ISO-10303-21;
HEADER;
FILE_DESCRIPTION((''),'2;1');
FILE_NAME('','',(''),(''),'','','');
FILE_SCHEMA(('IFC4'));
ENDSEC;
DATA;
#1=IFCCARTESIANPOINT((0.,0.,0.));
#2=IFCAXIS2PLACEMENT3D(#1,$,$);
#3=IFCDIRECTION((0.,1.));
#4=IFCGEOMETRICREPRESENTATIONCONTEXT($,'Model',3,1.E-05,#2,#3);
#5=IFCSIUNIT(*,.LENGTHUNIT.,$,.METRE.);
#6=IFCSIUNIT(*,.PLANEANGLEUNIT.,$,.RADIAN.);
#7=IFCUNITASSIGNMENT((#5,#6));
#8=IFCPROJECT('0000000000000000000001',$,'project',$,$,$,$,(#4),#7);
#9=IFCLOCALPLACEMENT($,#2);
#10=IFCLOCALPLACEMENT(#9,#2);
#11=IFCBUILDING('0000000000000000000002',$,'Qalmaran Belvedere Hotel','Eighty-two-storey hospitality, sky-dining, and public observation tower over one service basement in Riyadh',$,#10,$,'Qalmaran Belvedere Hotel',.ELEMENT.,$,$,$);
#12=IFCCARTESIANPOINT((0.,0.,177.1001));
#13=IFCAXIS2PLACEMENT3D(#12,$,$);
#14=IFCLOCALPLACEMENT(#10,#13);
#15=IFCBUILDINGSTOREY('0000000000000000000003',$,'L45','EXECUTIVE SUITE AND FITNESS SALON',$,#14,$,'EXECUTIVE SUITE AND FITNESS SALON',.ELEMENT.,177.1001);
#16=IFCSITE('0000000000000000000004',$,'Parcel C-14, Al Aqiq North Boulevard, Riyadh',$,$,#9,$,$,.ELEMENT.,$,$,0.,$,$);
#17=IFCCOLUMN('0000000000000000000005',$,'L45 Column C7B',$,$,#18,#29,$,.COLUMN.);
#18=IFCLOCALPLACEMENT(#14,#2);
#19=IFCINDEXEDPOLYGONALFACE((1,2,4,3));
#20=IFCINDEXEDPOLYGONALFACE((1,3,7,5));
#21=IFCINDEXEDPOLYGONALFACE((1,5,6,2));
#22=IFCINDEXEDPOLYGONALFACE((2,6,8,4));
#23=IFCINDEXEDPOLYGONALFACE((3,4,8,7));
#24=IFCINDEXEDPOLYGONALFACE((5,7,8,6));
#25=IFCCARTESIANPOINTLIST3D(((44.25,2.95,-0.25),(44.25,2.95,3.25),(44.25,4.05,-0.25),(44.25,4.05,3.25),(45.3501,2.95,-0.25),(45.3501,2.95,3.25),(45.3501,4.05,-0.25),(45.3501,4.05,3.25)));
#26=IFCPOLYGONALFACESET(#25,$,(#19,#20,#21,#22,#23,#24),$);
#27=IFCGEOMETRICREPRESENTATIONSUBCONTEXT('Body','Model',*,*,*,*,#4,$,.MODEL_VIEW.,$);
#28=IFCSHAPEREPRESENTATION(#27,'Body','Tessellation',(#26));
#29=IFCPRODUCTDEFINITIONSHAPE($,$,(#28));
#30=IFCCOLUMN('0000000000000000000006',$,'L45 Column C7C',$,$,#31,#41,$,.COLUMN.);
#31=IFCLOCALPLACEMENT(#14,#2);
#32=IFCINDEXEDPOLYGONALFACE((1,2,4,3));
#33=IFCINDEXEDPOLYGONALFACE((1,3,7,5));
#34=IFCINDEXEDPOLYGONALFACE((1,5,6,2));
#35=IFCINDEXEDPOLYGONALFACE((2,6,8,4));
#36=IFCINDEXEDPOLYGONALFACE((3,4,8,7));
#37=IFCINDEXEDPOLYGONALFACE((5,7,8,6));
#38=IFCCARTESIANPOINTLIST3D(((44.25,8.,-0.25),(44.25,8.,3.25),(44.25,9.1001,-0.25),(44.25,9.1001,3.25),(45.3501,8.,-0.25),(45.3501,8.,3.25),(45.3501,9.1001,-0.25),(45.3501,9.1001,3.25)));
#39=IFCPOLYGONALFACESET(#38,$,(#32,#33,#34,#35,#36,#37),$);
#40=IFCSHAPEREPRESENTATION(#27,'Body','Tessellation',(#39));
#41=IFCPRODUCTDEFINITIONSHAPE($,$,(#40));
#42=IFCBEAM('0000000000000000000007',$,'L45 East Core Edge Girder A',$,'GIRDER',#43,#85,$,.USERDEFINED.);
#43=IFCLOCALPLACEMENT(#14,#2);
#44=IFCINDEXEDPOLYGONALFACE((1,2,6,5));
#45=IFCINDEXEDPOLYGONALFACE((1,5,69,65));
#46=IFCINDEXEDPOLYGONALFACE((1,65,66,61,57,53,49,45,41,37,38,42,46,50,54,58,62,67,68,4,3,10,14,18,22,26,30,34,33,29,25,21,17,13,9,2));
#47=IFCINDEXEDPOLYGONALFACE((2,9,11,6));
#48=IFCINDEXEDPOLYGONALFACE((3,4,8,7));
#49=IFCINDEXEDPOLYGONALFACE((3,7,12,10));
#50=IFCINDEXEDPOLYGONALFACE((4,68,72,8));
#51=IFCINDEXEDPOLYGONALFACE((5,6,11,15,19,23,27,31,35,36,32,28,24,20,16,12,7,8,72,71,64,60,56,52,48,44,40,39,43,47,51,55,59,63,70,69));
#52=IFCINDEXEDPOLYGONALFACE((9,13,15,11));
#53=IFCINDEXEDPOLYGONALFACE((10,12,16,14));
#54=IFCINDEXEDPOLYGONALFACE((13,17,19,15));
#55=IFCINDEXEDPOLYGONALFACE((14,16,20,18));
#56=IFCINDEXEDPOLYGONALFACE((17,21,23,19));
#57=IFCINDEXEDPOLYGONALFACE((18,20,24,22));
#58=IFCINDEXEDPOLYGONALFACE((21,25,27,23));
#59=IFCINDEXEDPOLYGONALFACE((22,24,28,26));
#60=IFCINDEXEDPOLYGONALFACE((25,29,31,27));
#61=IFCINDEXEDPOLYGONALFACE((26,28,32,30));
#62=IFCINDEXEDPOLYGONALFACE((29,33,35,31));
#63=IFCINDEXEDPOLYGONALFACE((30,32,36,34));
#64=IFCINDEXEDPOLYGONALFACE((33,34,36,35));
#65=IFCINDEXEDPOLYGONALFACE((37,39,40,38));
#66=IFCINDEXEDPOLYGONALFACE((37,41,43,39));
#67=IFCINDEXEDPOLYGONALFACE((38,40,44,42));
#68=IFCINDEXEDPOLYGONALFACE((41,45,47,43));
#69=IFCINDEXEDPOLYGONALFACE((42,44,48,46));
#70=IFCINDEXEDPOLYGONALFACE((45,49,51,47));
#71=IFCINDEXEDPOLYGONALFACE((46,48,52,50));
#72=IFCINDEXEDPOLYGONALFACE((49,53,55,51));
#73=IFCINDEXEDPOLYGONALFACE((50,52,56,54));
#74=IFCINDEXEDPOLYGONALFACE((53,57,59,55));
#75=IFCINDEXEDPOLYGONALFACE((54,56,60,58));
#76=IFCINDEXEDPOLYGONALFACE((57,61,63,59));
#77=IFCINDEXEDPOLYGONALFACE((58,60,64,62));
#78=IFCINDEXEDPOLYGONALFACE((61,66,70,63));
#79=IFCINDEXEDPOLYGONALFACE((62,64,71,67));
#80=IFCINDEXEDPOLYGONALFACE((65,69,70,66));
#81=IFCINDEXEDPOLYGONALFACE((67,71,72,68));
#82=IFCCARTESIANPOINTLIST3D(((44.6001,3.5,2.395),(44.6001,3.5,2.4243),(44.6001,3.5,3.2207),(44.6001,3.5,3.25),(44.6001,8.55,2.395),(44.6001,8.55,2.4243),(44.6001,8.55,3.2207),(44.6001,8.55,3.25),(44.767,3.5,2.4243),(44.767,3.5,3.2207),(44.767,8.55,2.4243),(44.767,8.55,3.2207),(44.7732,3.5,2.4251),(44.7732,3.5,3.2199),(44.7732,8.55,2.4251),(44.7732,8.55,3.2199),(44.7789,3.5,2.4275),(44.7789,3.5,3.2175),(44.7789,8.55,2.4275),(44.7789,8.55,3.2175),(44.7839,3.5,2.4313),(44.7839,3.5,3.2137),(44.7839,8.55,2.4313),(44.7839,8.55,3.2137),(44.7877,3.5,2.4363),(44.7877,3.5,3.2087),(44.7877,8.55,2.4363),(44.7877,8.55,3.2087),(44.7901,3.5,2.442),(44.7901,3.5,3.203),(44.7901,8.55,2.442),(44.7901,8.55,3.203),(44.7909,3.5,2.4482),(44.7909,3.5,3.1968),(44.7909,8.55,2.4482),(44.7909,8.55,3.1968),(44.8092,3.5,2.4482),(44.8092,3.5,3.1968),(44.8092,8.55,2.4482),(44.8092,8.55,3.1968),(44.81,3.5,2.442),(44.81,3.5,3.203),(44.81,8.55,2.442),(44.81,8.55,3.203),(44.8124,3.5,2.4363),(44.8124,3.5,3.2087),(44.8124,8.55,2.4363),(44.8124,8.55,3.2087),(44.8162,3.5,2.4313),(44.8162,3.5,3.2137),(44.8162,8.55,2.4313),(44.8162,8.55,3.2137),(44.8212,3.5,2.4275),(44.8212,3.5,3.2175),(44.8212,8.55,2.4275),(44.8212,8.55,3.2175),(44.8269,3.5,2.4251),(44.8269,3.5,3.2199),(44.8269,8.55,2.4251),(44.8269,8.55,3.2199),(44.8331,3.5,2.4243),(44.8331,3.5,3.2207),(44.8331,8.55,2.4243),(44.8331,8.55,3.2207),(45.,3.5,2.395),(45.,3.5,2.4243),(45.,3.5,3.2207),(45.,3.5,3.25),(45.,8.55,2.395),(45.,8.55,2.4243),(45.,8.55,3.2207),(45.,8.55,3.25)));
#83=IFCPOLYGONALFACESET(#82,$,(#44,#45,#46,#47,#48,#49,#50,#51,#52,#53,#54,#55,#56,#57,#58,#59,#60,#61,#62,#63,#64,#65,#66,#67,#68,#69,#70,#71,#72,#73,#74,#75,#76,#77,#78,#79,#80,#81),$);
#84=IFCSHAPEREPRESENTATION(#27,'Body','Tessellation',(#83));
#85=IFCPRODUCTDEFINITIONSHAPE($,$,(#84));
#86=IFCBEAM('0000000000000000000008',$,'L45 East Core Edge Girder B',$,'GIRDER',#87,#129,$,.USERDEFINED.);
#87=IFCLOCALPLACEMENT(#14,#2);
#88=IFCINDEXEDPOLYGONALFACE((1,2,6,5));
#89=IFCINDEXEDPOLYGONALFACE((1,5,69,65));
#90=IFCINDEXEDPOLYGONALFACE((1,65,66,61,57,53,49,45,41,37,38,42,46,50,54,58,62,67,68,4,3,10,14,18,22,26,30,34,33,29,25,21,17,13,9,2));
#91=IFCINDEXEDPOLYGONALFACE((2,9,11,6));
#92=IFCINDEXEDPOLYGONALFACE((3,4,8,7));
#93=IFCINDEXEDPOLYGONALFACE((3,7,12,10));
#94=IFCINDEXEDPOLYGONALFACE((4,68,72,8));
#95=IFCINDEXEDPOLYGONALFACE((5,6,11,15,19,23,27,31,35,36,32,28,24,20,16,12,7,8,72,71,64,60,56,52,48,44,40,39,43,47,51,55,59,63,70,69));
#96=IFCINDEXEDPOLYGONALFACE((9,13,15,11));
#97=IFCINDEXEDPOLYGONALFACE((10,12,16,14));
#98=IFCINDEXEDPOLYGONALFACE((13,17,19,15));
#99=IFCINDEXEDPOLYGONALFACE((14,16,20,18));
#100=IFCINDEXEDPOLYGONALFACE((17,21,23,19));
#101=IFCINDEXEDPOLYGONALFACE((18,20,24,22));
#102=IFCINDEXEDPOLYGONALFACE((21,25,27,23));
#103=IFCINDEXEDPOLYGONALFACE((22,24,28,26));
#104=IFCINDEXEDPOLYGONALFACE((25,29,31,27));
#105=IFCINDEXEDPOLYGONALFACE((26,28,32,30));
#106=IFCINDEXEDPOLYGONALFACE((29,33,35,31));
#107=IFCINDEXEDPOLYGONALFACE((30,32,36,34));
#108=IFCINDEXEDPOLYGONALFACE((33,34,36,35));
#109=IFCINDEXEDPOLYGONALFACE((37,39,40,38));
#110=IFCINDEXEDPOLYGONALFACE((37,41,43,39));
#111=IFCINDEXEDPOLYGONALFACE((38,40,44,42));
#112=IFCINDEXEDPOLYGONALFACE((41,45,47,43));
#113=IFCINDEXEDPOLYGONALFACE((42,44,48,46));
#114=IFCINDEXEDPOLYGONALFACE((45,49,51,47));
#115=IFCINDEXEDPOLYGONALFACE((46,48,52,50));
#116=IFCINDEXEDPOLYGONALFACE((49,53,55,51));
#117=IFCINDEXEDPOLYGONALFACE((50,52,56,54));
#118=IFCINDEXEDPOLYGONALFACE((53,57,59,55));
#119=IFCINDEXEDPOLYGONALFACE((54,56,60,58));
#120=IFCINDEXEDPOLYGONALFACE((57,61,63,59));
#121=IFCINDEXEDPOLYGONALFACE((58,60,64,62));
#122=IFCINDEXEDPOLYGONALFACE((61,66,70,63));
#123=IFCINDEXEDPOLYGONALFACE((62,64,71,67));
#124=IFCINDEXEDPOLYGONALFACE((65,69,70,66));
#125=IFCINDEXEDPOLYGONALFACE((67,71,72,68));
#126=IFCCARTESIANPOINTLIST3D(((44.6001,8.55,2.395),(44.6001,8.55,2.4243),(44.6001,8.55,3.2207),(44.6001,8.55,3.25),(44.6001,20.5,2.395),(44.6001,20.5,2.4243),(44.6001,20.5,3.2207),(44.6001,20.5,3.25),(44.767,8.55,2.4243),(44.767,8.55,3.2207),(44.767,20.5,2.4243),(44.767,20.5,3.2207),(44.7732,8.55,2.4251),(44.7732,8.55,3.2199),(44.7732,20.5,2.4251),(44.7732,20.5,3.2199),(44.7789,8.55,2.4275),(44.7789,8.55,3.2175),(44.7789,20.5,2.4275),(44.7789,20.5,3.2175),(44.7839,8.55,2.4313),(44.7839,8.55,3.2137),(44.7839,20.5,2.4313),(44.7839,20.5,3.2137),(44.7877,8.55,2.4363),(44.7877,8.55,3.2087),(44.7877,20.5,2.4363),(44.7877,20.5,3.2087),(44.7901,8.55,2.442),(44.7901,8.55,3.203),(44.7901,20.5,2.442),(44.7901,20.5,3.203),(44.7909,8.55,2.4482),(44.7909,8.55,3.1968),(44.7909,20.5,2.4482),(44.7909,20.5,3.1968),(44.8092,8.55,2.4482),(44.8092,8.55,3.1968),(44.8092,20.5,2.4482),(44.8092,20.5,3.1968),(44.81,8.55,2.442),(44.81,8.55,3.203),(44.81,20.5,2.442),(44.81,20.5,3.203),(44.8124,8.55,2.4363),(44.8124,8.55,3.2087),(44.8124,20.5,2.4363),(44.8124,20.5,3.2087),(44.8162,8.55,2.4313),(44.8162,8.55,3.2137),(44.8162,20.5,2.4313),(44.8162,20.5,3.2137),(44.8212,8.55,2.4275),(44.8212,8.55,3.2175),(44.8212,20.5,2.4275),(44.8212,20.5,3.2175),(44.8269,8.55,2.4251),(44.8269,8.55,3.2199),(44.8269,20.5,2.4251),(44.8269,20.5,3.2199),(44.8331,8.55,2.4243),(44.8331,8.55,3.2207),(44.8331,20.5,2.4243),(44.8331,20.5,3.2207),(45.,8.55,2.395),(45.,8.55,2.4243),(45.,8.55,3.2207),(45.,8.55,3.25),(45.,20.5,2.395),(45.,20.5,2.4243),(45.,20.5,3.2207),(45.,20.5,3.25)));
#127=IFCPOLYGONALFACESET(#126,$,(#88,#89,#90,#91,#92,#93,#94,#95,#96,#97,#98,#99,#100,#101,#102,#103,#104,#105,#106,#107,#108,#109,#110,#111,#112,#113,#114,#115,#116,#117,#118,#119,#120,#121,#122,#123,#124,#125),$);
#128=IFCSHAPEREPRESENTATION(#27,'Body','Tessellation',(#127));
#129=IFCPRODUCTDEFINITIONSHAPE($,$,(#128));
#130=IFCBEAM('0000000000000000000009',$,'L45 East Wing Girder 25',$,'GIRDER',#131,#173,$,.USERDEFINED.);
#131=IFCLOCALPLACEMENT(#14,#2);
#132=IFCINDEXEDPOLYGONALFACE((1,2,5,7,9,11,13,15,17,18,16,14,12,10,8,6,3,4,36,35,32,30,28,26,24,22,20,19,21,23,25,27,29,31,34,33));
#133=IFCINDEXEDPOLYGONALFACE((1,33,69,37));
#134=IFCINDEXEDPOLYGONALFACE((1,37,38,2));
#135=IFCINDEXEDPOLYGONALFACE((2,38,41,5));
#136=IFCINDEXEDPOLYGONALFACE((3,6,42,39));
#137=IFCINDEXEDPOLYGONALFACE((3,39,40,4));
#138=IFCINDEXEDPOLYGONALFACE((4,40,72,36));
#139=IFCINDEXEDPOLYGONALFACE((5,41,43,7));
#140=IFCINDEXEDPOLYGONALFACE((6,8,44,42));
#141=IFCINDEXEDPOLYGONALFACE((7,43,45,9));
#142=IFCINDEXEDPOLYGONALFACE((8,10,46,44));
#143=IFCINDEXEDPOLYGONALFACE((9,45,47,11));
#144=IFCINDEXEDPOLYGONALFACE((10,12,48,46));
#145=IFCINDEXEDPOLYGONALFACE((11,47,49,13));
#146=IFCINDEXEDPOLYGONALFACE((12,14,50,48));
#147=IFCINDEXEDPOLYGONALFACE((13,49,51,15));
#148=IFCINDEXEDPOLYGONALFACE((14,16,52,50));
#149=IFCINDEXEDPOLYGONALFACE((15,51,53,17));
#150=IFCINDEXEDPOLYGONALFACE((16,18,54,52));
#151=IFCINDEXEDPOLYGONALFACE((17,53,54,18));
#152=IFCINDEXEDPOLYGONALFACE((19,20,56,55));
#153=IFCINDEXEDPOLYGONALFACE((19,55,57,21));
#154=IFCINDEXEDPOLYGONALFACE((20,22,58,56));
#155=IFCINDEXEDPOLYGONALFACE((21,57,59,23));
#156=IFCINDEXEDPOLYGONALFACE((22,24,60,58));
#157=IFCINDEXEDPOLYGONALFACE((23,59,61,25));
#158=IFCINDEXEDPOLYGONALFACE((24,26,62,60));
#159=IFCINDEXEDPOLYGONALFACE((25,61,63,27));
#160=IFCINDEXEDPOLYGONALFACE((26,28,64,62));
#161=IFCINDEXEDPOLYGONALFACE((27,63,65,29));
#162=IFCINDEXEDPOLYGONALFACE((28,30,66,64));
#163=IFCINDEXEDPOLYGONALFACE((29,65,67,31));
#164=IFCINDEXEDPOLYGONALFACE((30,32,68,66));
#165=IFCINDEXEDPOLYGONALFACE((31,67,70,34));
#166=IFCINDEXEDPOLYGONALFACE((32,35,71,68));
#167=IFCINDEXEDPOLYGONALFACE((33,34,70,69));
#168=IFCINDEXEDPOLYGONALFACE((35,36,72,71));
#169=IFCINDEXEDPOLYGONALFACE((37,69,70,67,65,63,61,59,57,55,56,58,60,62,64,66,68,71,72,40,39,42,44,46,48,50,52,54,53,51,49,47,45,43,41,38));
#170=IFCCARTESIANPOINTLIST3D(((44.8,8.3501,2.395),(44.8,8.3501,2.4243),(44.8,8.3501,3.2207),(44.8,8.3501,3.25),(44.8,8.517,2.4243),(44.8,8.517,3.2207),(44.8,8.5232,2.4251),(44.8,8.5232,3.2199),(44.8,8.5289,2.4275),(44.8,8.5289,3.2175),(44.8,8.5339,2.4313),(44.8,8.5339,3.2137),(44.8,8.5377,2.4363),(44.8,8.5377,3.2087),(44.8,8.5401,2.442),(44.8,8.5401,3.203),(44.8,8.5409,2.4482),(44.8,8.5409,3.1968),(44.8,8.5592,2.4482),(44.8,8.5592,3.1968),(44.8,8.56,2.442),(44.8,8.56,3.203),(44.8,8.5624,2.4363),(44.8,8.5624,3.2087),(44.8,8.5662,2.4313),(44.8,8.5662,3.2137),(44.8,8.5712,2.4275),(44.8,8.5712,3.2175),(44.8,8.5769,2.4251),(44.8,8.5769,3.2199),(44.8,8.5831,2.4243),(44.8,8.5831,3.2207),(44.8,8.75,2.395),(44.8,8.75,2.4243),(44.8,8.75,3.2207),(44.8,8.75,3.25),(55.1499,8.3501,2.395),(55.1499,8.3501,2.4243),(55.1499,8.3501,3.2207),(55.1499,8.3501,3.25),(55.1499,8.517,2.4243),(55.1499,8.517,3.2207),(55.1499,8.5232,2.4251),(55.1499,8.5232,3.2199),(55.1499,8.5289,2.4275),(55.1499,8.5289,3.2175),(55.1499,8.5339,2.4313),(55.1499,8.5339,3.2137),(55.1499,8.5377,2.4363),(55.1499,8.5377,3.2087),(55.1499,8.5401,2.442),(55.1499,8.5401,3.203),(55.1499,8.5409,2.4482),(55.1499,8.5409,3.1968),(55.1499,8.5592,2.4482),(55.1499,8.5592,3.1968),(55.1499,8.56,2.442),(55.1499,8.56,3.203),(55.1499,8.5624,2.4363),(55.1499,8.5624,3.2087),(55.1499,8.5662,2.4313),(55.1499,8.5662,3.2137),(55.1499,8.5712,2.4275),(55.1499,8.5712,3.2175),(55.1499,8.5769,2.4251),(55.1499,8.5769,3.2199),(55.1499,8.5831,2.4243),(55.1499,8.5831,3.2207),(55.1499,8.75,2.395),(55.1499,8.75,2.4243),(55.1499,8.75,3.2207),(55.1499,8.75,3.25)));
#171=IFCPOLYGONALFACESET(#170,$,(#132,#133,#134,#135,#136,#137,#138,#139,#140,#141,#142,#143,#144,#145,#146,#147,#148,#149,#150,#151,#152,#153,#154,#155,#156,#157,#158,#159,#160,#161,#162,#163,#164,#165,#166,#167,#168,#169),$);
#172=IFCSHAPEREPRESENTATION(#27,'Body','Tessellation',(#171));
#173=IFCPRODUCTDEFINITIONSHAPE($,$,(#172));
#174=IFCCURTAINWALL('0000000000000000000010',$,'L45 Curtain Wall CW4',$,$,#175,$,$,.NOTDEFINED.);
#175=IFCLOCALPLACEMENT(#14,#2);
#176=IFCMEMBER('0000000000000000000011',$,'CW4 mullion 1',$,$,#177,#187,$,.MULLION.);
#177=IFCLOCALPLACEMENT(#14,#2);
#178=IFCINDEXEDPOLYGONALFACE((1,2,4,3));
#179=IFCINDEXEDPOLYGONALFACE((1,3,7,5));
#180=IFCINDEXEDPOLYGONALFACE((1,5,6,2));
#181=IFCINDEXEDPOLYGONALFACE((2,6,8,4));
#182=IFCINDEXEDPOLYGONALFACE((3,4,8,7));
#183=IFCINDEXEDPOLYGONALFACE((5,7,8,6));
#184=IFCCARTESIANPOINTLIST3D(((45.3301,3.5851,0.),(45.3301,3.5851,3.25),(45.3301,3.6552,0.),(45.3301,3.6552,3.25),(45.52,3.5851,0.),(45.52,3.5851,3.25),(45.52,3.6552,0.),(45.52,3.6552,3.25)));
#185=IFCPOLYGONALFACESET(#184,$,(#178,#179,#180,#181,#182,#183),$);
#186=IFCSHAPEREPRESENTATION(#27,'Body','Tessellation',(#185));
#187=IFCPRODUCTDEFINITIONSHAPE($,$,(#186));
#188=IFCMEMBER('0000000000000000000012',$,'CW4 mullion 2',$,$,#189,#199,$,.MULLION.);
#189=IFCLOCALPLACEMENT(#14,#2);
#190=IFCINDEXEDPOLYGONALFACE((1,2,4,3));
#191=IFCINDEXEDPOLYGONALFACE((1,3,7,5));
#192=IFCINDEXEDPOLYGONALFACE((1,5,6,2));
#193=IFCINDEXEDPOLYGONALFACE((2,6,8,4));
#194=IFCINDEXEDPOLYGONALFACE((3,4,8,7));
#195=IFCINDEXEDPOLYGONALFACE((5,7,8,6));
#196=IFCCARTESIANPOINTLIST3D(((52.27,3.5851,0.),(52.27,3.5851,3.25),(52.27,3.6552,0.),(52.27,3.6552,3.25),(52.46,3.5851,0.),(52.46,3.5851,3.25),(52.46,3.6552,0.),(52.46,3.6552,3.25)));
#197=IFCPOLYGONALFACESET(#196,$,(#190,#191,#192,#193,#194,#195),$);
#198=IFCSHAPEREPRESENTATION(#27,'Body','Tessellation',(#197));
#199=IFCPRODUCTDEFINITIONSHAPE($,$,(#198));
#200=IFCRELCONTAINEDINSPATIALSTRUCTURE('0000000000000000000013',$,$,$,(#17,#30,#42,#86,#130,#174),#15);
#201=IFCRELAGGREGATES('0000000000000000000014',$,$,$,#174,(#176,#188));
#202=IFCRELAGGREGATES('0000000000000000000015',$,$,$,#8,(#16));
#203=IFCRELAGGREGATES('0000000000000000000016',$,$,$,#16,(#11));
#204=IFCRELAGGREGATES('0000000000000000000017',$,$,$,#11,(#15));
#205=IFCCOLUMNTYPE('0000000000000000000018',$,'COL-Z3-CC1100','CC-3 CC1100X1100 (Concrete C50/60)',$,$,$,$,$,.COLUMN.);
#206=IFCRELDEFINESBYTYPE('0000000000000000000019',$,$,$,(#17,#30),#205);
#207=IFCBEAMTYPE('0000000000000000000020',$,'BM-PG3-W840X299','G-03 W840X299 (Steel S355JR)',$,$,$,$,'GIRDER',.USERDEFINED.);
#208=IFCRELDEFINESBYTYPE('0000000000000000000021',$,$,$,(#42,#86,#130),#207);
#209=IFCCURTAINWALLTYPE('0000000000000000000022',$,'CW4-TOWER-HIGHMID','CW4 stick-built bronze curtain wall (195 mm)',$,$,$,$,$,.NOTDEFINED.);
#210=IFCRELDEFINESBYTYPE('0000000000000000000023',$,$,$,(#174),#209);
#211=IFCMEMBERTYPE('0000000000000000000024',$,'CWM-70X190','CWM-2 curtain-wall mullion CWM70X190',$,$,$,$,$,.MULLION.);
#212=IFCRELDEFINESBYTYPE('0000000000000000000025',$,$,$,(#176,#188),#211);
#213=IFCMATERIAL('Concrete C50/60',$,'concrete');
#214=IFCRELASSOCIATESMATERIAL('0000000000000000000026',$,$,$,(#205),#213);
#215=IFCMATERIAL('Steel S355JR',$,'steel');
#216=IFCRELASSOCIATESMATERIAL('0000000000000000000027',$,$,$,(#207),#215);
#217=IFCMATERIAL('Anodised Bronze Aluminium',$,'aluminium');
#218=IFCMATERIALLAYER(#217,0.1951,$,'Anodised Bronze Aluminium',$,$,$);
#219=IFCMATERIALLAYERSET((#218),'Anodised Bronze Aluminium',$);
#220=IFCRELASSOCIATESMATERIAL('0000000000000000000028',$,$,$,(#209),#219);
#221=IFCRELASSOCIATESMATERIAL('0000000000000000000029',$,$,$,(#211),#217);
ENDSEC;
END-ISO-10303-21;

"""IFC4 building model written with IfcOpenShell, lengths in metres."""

from ifc_helpers import new_model, si_unit, direction, frame, origin, origin_2d, place, context, subcontext, project, spatial, rectangle, i_section, extrude, material, layer, layer_set, material_profile, profile_set, type_object, element, aggregate, save


model = new_model("IFC4")

# Units and contexts
model_context = context("Model", 3, precision=1e-05, world=origin(), true_north=direction((0.0, 1.0)))
body_context = subcontext(model_context, "Body", "Model", "MODEL_VIEW")
ifc_project = project(units=[si_unit("LENGTHUNIT", "METRE"), si_unit("PLANEANGLEUNIT", "RADIAN")], contexts=[model_context])

# Site, building, storey
site_placement = place(None, origin())
site = spatial("IfcSite", under=ifc_project, at=site_placement, Name="Parcel C-14, Al Aqiq North Boulevard, Riyadh", CompositionType="ELEMENT", RefElevation=0.0)
building_placement = place(site_placement, origin())
building = spatial("IfcBuilding", under=site, at=building_placement, Name="Qalmaran Belvedere Hotel", Description="Eighty-two-storey hospitality, sky-dining, and public observation tower over one service basement in Riyadh", LongName="Qalmaran Belvedere Hotel", CompositionType="ELEMENT")
storey_placement = place(building_placement, frame((0.0, 0.0, 177.1001)))
storey = spatial("IfcBuildingStorey", under=building, at=storey_placement, Name="L45", Description="EXECUTIVE SUITE AND FITNESS SALON", LongName="EXECUTIVE SUITE AND FITNESS SALON", CompositionType="ELEMENT", Elevation=177.1001)

# Columns
ifc_material_1 = material(Name="Concrete C50/60", Category="concrete")
ifc_material_profile_1 = material_profile(ifc_material_1, rectangle(XDim=1.1001, YDim=1.1001, at=origin_2d()), Name="CC1100X1100")
ifc_profile_set_1 = profile_set([ifc_material_profile_1], Name="Concrete C50/60")
column_type = type_object("IfcColumnType", Name="COL-Z3-CC1100", Description="CC-3 CC1100X1100 (Concrete C50/60)", PredefinedType="COLUMN", material=ifc_profile_set_1)
for number, where, z_axis, x_axis, name in (
    (1, (44.8, 3.5, -0.25), (0.0, 0.0, 1.0), (1.0, 0.0, 0.0), "L45 Column C7B"),
    (2, (44.8, 8.55, -0.25), (0.0, 0.0, 1.0), (1.0, 0.0, 0.0), "L45 Column C7C"),
):
    element("IfcColumn", number, at=place(storey_placement, frame(where, z_axis=z_axis, x_axis=x_axis)), inside=storey, type_object=column_type, Name=name, PredefinedType="COLUMN", context=body_context, shape_type="SweptSolid", body=[
        extrude(rectangle(XDim=1.1001, YDim=1.1001, at=origin_2d()), origin(), (0.0, 0.0, 1.0), 3.5),
    ])

# Beams
ifc_material_2 = material(Name="Steel S355JR", Category="steel")
ifc_material_profile_2 = material_profile(ifc_material_2, i_section(OverallWidth=0.3999, OverallDepth=0.855, WebThickness=0.0183, FlangeThickness=0.0293, FilletRadius=0.0239, at=origin_2d()), Name="W840X299")
ifc_profile_set_2 = profile_set([ifc_material_profile_2], Name="Steel S355JR")
beam_type = type_object("IfcBeamType", Name="BM-PG3-W840X299", Description="G-03 W840X299 (Steel S355JR)", ElementType="GIRDER", PredefinedType="USERDEFINED", material=ifc_profile_set_2)
beam_1_placement = place(storey_placement, frame((44.8, 3.5, 2.8225), z_axis=(0.0, 1.0, 0.0), x_axis=(-1.0, 0.0, 0.0)))
element("IfcBeam", 3, at=beam_1_placement, inside=storey, type_object=beam_type, Name="L45 East Core Edge Girder A", ObjectType="GIRDER", PredefinedType="USERDEFINED", context=body_context, shape_type="SweptSolid", body=[
    extrude(i_section(OverallWidth=0.3999, OverallDepth=0.855, WebThickness=0.0183, FlangeThickness=0.0293, FilletRadius=0.0239, at=origin_2d()), origin(), (0.0, 0.0, 1.0), 5.05),
])
beam_2_placement = place(storey_placement, frame((44.8, 8.55, 2.8225), z_axis=(0.0, 1.0, 0.0), x_axis=(-1.0, 0.0, 0.0)))
element("IfcBeam", 4, at=beam_2_placement, inside=storey, type_object=beam_type, Name="L45 East Core Edge Girder B", ObjectType="GIRDER", PredefinedType="USERDEFINED", context=body_context, shape_type="SweptSolid", body=[
    extrude(i_section(OverallWidth=0.3999, OverallDepth=0.855, WebThickness=0.0183, FlangeThickness=0.0293, FilletRadius=0.0239, at=origin_2d()), origin(), (0.0, 0.0, 1.0), 11.95),
])
beam_3_placement = place(storey_placement, frame((44.8, 8.55, 2.8225), z_axis=(1.0, 0.0, 0.0), x_axis=(0.0, 1.0, 0.0)))
element("IfcBeam", 5, at=beam_3_placement, inside=storey, type_object=beam_type, Name="L45 East Wing Girder 25", ObjectType="GIRDER", PredefinedType="USERDEFINED", context=body_context, shape_type="SweptSolid", body=[
    extrude(i_section(OverallWidth=0.3999, OverallDepth=0.855, WebThickness=0.0183, FlangeThickness=0.0293, FilletRadius=0.0239, at=origin_2d()), origin(), (0.0, 0.0, 1.0), 10.3499),
])

# Curtain wall, members
ifc_material_3 = material(Name="Anodised Bronze Aluminium", Category="aluminium")
ifc_layer_1 = layer(ifc_material_3, 0.1951, Name="Anodised Bronze Aluminium")
ifc_layer_set_1 = layer_set([ifc_layer_1], Name="Anodised Bronze Aluminium")
curtain_wall_type = type_object("IfcCurtainWallType", Name="CW4-TOWER-HIGHMID", Description="CW4 stick-built bronze curtain wall (195 mm)", PredefinedType="NOTDEFINED", material=ifc_layer_set_1)
curtain_wall_1_placement = place(storey_placement, origin())
curtain_wall_1 = element("IfcCurtainWall", 6, at=curtain_wall_1_placement, inside=storey, type_object=curtain_wall_type, Name="L45 Curtain Wall CW4", PredefinedType="NOTDEFINED")
ifc_material_profile_3 = material_profile(ifc_material_3, rectangle(XDim=0.0701, YDim=0.1899, at=origin_2d()), Name="CWM70X190")
ifc_profile_set_3 = profile_set([ifc_material_profile_3], Name="Anodised Bronze Aluminium")
member_type_1 = type_object("IfcMemberType", Name="CWM-70X190", Description="CWM-2 curtain-wall mullion CWM70X190", PredefinedType="MULLION", material=ifc_profile_set_3)
member_1_placement = place(storey_placement, frame((45.425, 3.6201, 0.0), z_axis=(0.0, 0.0, 1.0), x_axis=(0.0, 1.0, 0.0)))
member_1 = element("IfcMember", 7, at=member_1_placement, type_object=member_type_1, Name="CW4 mullion 1", PredefinedType="MULLION", context=body_context, shape_type="SweptSolid", body=[
    extrude(rectangle(XDim=0.0701, YDim=0.1899, at=origin_2d()), origin(), (0.0, 0.0, 1.0), 3.25),
])
member_2_placement = place(storey_placement, frame((52.365, 3.6201, 0.0), z_axis=(0.0, 0.0, 1.0), x_axis=(0.0, 1.0, 0.0)))
member_2 = element("IfcMember", 8, at=member_2_placement, type_object=member_type_1, Name="CW4 mullion 2", PredefinedType="MULLION", context=body_context, shape_type="SweptSolid", body=[
    extrude(rectangle(XDim=0.0701, YDim=0.1899, at=origin_2d()), origin(), (0.0, 0.0, 1.0), 3.25),
])

aggregate(curtain_wall_1, [member_1, member_2])

save(model, "model.ifc")
